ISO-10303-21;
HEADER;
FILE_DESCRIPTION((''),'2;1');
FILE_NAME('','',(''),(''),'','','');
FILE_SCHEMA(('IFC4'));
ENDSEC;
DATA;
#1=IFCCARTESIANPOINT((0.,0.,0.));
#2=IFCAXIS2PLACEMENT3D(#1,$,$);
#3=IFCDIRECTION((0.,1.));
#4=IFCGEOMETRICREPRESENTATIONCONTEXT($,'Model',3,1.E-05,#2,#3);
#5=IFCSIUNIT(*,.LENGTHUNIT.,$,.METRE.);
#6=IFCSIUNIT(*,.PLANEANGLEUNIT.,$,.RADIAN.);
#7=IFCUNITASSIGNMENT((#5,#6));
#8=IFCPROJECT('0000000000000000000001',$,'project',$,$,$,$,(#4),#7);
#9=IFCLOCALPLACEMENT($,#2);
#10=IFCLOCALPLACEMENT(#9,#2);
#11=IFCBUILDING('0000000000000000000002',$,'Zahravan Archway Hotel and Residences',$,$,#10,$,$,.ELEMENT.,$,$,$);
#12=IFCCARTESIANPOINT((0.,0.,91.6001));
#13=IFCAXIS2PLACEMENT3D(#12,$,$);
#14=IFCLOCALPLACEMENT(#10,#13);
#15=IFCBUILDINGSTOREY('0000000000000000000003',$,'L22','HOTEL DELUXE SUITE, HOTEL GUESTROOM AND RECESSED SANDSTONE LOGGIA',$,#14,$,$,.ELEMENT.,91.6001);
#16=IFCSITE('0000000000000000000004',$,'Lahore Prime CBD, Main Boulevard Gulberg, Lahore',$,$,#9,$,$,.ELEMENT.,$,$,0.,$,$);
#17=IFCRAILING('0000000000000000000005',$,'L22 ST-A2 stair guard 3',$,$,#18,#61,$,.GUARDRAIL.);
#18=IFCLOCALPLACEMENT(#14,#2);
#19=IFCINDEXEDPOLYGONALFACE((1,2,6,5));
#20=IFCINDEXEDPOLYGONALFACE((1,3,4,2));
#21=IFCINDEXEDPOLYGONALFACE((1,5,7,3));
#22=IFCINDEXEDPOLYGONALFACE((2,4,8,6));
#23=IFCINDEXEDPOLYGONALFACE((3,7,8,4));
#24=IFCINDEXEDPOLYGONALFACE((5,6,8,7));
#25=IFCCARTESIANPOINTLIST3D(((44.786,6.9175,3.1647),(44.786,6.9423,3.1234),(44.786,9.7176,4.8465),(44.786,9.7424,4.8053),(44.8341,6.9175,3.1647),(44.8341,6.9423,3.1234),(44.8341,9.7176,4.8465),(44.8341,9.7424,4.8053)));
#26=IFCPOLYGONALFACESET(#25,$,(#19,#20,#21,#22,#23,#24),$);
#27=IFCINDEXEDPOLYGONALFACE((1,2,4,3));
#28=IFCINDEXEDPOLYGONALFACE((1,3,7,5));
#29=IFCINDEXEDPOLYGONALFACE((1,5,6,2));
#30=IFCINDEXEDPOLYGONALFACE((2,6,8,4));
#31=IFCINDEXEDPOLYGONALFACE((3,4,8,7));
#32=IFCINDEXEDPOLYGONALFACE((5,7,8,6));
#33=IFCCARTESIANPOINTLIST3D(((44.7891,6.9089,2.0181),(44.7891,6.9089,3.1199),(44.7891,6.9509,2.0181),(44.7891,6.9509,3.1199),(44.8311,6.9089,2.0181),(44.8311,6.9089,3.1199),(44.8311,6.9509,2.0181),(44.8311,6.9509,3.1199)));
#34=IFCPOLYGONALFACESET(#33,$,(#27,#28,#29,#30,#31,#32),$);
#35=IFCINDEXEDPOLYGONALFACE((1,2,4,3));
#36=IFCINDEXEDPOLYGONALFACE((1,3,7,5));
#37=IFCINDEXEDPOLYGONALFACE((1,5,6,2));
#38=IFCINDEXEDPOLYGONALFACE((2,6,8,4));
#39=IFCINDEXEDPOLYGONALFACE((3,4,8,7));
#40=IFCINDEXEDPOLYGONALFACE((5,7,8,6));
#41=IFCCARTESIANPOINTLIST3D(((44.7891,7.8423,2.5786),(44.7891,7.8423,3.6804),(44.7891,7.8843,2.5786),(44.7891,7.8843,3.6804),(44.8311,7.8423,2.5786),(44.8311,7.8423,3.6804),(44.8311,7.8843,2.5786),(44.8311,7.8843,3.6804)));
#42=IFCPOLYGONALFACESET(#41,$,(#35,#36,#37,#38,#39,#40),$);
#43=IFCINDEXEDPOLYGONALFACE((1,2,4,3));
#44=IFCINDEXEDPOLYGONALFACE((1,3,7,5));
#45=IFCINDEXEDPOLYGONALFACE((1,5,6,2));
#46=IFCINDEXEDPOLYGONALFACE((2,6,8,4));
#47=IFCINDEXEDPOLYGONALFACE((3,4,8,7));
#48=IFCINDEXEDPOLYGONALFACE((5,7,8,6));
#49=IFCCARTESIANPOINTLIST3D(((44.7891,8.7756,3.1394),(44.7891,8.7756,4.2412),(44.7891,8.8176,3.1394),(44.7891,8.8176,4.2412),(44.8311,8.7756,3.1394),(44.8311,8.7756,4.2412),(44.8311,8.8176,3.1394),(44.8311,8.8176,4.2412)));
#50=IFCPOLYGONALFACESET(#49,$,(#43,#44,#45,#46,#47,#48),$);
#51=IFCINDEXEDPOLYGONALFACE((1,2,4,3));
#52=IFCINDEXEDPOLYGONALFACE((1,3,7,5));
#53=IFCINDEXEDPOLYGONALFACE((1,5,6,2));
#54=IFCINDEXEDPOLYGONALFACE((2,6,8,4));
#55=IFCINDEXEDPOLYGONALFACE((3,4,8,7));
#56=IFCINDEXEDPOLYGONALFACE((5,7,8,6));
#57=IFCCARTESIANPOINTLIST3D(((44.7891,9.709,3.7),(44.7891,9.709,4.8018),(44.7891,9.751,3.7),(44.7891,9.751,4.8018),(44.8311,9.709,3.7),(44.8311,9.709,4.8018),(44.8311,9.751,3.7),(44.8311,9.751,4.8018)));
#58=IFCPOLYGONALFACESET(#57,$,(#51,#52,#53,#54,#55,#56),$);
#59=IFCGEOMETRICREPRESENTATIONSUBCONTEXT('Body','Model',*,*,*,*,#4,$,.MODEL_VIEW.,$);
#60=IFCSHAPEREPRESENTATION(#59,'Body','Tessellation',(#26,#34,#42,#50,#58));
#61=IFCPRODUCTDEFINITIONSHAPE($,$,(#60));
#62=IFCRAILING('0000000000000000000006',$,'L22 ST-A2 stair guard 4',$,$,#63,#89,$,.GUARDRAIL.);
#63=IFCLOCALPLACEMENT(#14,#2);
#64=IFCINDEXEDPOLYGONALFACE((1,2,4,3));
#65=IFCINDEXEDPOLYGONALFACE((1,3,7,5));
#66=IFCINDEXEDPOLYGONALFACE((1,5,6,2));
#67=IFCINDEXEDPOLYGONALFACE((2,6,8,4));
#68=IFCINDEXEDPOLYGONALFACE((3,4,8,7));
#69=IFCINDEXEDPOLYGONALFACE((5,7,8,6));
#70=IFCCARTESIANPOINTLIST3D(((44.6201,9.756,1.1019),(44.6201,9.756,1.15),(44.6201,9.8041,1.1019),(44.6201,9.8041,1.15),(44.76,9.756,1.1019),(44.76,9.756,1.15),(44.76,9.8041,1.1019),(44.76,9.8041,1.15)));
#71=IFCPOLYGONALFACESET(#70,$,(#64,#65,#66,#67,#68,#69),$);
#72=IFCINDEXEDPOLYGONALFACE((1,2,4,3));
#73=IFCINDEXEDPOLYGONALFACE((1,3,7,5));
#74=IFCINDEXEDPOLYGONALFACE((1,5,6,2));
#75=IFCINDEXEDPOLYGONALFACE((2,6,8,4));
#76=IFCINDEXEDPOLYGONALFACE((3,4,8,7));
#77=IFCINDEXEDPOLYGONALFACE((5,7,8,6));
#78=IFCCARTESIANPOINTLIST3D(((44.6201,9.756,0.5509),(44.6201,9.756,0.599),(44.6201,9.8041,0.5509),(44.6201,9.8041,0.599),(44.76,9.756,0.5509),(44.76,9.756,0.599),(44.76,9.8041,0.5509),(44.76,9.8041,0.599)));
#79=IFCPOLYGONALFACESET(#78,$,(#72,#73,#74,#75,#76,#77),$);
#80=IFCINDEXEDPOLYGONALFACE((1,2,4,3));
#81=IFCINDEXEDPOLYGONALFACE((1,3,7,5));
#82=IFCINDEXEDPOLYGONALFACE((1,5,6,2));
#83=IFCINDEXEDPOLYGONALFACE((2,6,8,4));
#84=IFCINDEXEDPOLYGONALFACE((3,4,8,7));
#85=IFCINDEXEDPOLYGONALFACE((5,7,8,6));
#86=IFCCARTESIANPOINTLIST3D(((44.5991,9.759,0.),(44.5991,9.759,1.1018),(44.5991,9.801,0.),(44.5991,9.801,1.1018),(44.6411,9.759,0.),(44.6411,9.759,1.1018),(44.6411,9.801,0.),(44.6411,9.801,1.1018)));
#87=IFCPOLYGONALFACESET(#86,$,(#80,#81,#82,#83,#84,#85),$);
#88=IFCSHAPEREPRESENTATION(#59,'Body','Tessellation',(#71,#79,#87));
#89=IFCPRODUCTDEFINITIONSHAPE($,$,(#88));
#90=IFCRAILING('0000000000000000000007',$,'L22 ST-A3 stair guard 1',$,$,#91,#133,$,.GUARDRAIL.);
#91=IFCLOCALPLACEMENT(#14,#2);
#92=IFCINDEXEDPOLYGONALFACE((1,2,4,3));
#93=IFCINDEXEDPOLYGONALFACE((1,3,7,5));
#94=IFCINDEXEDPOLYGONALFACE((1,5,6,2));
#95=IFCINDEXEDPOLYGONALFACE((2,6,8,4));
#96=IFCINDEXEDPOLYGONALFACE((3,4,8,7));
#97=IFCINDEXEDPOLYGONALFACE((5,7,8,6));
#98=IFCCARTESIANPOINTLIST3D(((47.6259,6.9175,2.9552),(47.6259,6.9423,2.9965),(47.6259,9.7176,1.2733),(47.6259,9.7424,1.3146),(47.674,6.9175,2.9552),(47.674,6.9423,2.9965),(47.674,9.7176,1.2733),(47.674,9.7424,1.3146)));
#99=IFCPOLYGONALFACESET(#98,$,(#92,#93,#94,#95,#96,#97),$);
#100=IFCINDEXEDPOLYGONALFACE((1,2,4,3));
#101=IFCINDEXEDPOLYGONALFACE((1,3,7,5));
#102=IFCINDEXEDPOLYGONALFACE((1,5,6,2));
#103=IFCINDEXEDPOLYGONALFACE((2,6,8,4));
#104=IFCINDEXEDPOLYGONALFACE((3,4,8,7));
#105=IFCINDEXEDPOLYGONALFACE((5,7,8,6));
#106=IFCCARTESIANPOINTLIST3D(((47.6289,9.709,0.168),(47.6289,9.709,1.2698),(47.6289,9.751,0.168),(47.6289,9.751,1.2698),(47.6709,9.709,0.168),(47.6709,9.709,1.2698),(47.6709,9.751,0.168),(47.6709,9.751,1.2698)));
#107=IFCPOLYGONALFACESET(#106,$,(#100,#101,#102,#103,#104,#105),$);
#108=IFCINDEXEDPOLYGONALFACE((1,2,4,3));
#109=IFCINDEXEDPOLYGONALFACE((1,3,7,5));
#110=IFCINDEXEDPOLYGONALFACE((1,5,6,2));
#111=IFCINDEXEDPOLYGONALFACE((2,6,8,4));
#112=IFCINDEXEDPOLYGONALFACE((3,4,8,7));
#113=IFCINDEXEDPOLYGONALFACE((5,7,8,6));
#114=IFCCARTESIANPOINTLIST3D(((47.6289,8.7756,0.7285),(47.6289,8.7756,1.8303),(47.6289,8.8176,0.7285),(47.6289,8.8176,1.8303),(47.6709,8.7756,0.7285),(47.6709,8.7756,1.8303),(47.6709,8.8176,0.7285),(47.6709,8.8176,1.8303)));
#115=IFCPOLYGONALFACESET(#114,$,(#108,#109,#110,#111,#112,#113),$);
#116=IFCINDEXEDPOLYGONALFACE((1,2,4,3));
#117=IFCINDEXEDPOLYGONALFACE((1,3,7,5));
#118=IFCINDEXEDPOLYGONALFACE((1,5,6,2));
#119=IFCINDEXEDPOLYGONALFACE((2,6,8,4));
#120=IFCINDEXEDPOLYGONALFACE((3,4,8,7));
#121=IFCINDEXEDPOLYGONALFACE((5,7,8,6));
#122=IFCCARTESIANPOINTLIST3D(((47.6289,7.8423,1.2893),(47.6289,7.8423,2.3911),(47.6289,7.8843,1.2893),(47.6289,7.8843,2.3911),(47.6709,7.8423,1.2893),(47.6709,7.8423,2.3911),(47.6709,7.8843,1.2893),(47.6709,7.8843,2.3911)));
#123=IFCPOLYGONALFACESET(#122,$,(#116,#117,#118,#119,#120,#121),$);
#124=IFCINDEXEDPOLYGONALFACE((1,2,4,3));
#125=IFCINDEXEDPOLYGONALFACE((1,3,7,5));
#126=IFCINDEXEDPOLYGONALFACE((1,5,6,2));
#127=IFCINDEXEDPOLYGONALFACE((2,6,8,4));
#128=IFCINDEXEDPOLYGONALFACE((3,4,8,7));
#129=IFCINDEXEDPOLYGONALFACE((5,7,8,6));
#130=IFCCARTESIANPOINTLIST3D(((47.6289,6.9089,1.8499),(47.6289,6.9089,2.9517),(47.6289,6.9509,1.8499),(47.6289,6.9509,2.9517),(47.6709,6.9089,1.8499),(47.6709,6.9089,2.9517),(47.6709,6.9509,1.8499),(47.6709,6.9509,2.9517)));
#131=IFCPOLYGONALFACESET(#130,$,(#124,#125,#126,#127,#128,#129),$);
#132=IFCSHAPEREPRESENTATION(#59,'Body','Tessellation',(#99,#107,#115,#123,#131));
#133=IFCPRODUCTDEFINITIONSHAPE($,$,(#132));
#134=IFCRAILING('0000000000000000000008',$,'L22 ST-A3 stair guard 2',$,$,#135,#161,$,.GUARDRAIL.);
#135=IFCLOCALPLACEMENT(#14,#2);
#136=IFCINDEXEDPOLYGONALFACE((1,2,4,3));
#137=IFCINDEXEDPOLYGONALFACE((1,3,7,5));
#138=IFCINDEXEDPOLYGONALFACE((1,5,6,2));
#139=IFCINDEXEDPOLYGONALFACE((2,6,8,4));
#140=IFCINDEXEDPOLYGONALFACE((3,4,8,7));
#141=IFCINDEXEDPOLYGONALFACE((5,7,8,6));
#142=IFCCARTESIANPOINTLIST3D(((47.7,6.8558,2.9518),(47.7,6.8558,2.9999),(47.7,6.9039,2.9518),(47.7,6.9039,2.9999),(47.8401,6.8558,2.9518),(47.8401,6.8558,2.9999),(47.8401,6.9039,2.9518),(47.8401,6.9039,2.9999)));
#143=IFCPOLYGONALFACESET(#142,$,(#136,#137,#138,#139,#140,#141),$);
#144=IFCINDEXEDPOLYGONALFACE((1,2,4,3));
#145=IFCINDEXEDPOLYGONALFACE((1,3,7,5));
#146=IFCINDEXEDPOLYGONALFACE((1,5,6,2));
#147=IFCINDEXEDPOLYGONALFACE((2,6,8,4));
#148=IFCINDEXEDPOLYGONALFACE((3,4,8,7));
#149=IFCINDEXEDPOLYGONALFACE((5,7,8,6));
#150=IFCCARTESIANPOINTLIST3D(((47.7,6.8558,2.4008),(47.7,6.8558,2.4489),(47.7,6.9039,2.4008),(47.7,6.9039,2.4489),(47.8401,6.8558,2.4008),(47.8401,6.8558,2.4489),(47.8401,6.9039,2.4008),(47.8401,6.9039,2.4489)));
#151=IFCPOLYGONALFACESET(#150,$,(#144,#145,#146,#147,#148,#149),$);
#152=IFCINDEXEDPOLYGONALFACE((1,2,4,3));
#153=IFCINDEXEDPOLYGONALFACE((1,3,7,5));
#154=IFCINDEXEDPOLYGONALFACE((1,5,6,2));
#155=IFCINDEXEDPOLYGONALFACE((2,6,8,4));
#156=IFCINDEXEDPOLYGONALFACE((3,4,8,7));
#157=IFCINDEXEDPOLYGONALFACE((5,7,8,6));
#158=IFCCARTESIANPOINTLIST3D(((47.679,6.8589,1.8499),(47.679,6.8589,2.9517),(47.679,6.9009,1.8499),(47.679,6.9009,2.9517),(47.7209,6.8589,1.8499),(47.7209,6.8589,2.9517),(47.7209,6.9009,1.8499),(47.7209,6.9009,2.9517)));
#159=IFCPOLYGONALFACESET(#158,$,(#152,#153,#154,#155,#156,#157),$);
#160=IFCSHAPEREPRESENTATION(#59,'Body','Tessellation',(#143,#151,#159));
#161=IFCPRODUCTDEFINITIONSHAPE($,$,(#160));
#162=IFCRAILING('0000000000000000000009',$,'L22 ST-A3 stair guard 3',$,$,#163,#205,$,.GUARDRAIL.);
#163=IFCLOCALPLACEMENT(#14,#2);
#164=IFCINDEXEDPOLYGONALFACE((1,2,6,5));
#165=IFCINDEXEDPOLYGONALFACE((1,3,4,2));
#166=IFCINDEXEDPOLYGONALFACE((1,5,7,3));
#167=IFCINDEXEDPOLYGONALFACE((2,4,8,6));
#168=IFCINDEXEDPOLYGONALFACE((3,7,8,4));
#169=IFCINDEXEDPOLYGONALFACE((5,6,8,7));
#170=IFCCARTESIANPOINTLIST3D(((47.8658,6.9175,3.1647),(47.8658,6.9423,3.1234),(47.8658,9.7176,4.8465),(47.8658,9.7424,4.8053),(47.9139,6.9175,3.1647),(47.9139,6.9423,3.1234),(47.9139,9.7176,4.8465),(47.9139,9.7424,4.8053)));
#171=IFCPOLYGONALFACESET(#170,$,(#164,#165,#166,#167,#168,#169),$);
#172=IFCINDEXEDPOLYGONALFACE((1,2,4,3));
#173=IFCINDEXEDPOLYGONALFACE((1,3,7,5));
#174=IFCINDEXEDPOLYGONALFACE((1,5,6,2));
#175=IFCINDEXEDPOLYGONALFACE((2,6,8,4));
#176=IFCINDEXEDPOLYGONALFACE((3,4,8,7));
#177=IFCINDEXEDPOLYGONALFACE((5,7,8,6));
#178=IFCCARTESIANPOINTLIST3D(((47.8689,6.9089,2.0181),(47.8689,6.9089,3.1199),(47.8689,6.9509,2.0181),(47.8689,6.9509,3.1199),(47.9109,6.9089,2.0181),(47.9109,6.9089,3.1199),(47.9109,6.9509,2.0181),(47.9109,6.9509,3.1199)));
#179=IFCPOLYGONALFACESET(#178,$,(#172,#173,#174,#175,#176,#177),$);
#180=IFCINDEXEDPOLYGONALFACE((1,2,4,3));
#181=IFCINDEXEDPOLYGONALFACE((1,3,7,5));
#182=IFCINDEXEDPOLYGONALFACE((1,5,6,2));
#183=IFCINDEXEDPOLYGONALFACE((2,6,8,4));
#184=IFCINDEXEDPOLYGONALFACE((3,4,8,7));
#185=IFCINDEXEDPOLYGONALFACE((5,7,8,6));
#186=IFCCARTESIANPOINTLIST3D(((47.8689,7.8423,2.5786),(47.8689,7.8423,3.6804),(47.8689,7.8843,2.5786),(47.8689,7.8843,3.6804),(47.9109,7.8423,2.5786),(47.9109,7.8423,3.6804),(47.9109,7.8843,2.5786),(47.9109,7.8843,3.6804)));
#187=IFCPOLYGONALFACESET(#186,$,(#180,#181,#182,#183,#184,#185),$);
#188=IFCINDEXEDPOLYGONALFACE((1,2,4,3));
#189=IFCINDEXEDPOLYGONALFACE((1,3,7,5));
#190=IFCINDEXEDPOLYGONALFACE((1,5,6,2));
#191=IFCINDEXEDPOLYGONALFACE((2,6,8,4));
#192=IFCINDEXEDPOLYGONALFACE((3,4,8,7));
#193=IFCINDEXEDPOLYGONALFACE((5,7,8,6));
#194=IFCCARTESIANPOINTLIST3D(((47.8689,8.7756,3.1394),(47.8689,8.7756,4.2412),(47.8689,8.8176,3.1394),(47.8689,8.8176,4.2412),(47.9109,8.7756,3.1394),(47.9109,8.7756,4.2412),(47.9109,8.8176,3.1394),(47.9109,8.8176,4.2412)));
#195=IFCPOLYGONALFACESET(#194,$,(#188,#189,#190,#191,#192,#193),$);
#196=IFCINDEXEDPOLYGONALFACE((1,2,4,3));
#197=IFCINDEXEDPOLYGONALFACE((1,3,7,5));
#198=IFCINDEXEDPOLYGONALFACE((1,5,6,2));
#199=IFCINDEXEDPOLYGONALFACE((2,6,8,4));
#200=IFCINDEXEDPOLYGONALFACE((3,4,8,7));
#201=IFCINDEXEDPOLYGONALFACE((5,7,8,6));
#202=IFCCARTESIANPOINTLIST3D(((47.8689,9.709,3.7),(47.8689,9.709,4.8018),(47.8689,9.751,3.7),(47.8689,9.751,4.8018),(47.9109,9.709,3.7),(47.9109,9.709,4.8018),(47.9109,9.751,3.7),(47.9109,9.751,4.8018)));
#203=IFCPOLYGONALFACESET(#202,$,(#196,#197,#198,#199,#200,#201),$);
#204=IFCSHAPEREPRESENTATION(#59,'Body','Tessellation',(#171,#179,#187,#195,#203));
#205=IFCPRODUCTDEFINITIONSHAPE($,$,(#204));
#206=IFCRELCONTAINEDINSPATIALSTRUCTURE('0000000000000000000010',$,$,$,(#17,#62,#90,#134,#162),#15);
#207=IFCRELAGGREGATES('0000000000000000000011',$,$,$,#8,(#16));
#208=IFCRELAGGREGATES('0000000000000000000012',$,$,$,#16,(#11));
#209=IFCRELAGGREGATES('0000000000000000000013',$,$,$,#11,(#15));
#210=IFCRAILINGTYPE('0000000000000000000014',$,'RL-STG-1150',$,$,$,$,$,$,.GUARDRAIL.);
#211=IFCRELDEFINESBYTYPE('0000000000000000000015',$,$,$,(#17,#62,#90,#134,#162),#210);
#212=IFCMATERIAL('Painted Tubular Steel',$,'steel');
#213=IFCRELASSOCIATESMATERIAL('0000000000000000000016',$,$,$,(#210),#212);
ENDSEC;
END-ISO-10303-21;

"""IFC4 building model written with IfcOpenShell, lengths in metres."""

from ifc_helpers import new_model, si_unit, direction, frame, origin, origin_2d, place, context, subcontext, project, spatial, rectangle, extrude, material, type_object, element, save


model = new_model("IFC4")

# Units and contexts
model_context = context("Model", 3, precision=1e-05, world=origin(), true_north=direction((0.0, 1.0)))
body_context = subcontext(model_context, "Body", "Model", "MODEL_VIEW")
ifc_project = project(units=[si_unit("LENGTHUNIT", "METRE"), si_unit("PLANEANGLEUNIT", "RADIAN")], contexts=[model_context])

# Site, building, storey
site_placement = place(None, origin())
site = spatial("IfcSite", under=ifc_project, at=site_placement, Name="Lahore Prime CBD, Main Boulevard Gulberg, Lahore", CompositionType="ELEMENT", RefElevation=0.0)
building_placement = place(site_placement, origin())
building = spatial("IfcBuilding", under=site, at=building_placement, Name="Zahravan Archway Hotel and Residences", CompositionType="ELEMENT")
storey_placement = place(building_placement, frame((0.0, 0.0, 91.6001)))
storey = spatial("IfcBuildingStorey", under=building, at=storey_placement, Name="L22", Description="HOTEL DELUXE SUITE, HOTEL GUESTROOM AND RECESSED SANDSTONE LOGGIA", CompositionType="ELEMENT", Elevation=91.6001)

# Railings
ifc_material_1 = material(Name="Painted Tubular Steel", Category="steel")
railing_type_1 = type_object("IfcRailingType", Name="RL-STG-1150", PredefinedType="GUARDRAIL", material=ifc_material_1)
railing_1_placement = place(storey_placement, frame((44.8101, 6.9299, 2.0181)))
element("IfcRailing", 1, at=railing_1_placement, inside=storey, type_object=railing_type_1, Name="L22 ST-A2 stair guard 3", PredefinedType="GUARDRAIL", context=body_context, shape_type="SweptSolid", body=[
    extrude(rectangle(XDim=0.0481, YDim=0.0481, at=origin_2d()), frame((0.0, 0.0, 1.126), z_axis=(0.0, 0.857242, 0.514913), x_axis=(-1.0, 0.0, 0.0)), (0.0, 0.0, 1.0), 3.2664),
    extrude(rectangle(XDim=0.042, YDim=0.042, at=origin_2d()), origin(), (0.0, 0.0, 1.0), 1.1018),
    extrude(rectangle(XDim=0.042, YDim=0.042, at=origin_2d()), frame((0.0, 0.9333, 0.5605)), (0.0, 0.0, 1.0), 1.1018),
    extrude(rectangle(XDim=0.042, YDim=0.042, at=origin_2d()), frame((0.0, 1.8667, 1.1213)), (0.0, 0.0, 1.0), 1.1018),
    extrude(rectangle(XDim=0.042, YDim=0.042, at=origin_2d()), frame((0.0, 2.8, 1.6819)), (0.0, 0.0, 1.0), 1.1018),
])
railing_2_placement = place(storey_placement, frame((44.6201, 9.78, 0.0)))
element("IfcRailing", 2, at=railing_2_placement, inside=storey, type_object=railing_type_1, Name="L22 ST-A2 stair guard 4", PredefinedType="GUARDRAIL", context=body_context, shape_type="SweptSolid", body=[
    extrude(rectangle(XDim=0.0481, YDim=0.0481, at=origin_2d()), frame((0.0, 0.0, 1.126), z_axis=(1.0, 0.0, 0.0), x_axis=(0.0, 1.0, 0.0)), (0.0, 0.0, 1.0), 0.1399),
    extrude(rectangle(XDim=0.0481, YDim=0.0481, at=origin_2d()), frame((0.0, 0.0, 0.575), z_axis=(1.0, 0.0, 0.0), x_axis=(0.0, 1.0, 0.0)), (0.0, 0.0, 1.0), 0.1399),
    extrude(rectangle(XDim=0.042, YDim=0.042, at=origin_2d()), origin(), (0.0, 0.0, 1.0), 1.1018),
])
railing_3_placement = place(storey_placement, frame((47.6499, 9.73, 0.168)))
element("IfcRailing", 3, at=railing_3_placement, inside=storey, type_object=railing_type_1, Name="L22 ST-A3 stair guard 1", PredefinedType="GUARDRAIL", context=body_context, shape_type="SweptSolid", body=[
    extrude(rectangle(XDim=0.0481, YDim=0.0481, at=origin_2d()), frame((0.0, 0.0, 1.126), z_axis=(0.0, -0.857242, 0.514913), x_axis=(1.0, 0.0, 0.0)), (0.0, 0.0, 1.0), 3.2664),
    extrude(rectangle(XDim=0.042, YDim=0.042, at=origin_2d()), origin(), (0.0, 0.0, 1.0), 1.1018),
    extrude(rectangle(XDim=0.042, YDim=0.042, at=origin_2d()), frame((0.0, -0.9333, 0.5605)), (0.0, 0.0, 1.0), 1.1018),
    extrude(rectangle(XDim=0.042, YDim=0.042, at=origin_2d()), frame((0.0, -1.8667, 1.1213)), (0.0, 0.0, 1.0), 1.1018),
    extrude(rectangle(XDim=0.042, YDim=0.042, at=origin_2d()), frame((0.0, -2.8, 1.6819)), (0.0, 0.0, 1.0), 1.1018),
])
railing_4_placement = place(storey_placement, frame((47.7, 6.8799, 1.8499)))
element("IfcRailing", 4, at=railing_4_placement, inside=storey, type_object=railing_type_1, Name="L22 ST-A3 stair guard 2", PredefinedType="GUARDRAIL", context=body_context, shape_type="SweptSolid", body=[
    extrude(rectangle(XDim=0.0481, YDim=0.0481, at=origin_2d()), frame((0.0, 0.0, 1.126), z_axis=(1.0, 0.0, 0.0), x_axis=(0.0, 1.0, 0.0)), (0.0, 0.0, 1.0), 0.1401),
    extrude(rectangle(XDim=0.0481, YDim=0.0481, at=origin_2d()), frame((0.0, 0.0, 0.575), z_axis=(1.0, 0.0, 0.0), x_axis=(0.0, 1.0, 0.0)), (0.0, 0.0, 1.0), 0.1401),
    extrude(rectangle(XDim=0.042, YDim=0.042, at=origin_2d()), origin(), (0.0, 0.0, 1.0), 1.1018),
])
railing_5_placement = place(storey_placement, frame((47.8899, 6.9299, 2.0181)))
element("IfcRailing", 5, at=railing_5_placement, inside=storey, type_object=railing_type_1, Name="L22 ST-A3 stair guard 3", PredefinedType="GUARDRAIL", context=body_context, shape_type="SweptSolid", body=[
    extrude(rectangle(XDim=0.0481, YDim=0.0481, at=origin_2d()), frame((0.0, 0.0, 1.126), z_axis=(0.0, 0.857242, 0.514913), x_axis=(-1.0, 0.0, 0.0)), (0.0, 0.0, 1.0), 3.2664),
    extrude(rectangle(XDim=0.042, YDim=0.042, at=origin_2d()), origin(), (0.0, 0.0, 1.0), 1.1018),
    extrude(rectangle(XDim=0.042, YDim=0.042, at=origin_2d()), frame((0.0, 0.9333, 0.5605)), (0.0, 0.0, 1.0), 1.1018),
    extrude(rectangle(XDim=0.042, YDim=0.042, at=origin_2d()), frame((0.0, 1.8667, 1.1213)), (0.0, 0.0, 1.0), 1.1018),
    extrude(rectangle(XDim=0.042, YDim=0.042, at=origin_2d()), frame((0.0, 2.8, 1.6819)), (0.0, 0.0, 1.0), 1.1018),
])

save(model, "model.ifc")
